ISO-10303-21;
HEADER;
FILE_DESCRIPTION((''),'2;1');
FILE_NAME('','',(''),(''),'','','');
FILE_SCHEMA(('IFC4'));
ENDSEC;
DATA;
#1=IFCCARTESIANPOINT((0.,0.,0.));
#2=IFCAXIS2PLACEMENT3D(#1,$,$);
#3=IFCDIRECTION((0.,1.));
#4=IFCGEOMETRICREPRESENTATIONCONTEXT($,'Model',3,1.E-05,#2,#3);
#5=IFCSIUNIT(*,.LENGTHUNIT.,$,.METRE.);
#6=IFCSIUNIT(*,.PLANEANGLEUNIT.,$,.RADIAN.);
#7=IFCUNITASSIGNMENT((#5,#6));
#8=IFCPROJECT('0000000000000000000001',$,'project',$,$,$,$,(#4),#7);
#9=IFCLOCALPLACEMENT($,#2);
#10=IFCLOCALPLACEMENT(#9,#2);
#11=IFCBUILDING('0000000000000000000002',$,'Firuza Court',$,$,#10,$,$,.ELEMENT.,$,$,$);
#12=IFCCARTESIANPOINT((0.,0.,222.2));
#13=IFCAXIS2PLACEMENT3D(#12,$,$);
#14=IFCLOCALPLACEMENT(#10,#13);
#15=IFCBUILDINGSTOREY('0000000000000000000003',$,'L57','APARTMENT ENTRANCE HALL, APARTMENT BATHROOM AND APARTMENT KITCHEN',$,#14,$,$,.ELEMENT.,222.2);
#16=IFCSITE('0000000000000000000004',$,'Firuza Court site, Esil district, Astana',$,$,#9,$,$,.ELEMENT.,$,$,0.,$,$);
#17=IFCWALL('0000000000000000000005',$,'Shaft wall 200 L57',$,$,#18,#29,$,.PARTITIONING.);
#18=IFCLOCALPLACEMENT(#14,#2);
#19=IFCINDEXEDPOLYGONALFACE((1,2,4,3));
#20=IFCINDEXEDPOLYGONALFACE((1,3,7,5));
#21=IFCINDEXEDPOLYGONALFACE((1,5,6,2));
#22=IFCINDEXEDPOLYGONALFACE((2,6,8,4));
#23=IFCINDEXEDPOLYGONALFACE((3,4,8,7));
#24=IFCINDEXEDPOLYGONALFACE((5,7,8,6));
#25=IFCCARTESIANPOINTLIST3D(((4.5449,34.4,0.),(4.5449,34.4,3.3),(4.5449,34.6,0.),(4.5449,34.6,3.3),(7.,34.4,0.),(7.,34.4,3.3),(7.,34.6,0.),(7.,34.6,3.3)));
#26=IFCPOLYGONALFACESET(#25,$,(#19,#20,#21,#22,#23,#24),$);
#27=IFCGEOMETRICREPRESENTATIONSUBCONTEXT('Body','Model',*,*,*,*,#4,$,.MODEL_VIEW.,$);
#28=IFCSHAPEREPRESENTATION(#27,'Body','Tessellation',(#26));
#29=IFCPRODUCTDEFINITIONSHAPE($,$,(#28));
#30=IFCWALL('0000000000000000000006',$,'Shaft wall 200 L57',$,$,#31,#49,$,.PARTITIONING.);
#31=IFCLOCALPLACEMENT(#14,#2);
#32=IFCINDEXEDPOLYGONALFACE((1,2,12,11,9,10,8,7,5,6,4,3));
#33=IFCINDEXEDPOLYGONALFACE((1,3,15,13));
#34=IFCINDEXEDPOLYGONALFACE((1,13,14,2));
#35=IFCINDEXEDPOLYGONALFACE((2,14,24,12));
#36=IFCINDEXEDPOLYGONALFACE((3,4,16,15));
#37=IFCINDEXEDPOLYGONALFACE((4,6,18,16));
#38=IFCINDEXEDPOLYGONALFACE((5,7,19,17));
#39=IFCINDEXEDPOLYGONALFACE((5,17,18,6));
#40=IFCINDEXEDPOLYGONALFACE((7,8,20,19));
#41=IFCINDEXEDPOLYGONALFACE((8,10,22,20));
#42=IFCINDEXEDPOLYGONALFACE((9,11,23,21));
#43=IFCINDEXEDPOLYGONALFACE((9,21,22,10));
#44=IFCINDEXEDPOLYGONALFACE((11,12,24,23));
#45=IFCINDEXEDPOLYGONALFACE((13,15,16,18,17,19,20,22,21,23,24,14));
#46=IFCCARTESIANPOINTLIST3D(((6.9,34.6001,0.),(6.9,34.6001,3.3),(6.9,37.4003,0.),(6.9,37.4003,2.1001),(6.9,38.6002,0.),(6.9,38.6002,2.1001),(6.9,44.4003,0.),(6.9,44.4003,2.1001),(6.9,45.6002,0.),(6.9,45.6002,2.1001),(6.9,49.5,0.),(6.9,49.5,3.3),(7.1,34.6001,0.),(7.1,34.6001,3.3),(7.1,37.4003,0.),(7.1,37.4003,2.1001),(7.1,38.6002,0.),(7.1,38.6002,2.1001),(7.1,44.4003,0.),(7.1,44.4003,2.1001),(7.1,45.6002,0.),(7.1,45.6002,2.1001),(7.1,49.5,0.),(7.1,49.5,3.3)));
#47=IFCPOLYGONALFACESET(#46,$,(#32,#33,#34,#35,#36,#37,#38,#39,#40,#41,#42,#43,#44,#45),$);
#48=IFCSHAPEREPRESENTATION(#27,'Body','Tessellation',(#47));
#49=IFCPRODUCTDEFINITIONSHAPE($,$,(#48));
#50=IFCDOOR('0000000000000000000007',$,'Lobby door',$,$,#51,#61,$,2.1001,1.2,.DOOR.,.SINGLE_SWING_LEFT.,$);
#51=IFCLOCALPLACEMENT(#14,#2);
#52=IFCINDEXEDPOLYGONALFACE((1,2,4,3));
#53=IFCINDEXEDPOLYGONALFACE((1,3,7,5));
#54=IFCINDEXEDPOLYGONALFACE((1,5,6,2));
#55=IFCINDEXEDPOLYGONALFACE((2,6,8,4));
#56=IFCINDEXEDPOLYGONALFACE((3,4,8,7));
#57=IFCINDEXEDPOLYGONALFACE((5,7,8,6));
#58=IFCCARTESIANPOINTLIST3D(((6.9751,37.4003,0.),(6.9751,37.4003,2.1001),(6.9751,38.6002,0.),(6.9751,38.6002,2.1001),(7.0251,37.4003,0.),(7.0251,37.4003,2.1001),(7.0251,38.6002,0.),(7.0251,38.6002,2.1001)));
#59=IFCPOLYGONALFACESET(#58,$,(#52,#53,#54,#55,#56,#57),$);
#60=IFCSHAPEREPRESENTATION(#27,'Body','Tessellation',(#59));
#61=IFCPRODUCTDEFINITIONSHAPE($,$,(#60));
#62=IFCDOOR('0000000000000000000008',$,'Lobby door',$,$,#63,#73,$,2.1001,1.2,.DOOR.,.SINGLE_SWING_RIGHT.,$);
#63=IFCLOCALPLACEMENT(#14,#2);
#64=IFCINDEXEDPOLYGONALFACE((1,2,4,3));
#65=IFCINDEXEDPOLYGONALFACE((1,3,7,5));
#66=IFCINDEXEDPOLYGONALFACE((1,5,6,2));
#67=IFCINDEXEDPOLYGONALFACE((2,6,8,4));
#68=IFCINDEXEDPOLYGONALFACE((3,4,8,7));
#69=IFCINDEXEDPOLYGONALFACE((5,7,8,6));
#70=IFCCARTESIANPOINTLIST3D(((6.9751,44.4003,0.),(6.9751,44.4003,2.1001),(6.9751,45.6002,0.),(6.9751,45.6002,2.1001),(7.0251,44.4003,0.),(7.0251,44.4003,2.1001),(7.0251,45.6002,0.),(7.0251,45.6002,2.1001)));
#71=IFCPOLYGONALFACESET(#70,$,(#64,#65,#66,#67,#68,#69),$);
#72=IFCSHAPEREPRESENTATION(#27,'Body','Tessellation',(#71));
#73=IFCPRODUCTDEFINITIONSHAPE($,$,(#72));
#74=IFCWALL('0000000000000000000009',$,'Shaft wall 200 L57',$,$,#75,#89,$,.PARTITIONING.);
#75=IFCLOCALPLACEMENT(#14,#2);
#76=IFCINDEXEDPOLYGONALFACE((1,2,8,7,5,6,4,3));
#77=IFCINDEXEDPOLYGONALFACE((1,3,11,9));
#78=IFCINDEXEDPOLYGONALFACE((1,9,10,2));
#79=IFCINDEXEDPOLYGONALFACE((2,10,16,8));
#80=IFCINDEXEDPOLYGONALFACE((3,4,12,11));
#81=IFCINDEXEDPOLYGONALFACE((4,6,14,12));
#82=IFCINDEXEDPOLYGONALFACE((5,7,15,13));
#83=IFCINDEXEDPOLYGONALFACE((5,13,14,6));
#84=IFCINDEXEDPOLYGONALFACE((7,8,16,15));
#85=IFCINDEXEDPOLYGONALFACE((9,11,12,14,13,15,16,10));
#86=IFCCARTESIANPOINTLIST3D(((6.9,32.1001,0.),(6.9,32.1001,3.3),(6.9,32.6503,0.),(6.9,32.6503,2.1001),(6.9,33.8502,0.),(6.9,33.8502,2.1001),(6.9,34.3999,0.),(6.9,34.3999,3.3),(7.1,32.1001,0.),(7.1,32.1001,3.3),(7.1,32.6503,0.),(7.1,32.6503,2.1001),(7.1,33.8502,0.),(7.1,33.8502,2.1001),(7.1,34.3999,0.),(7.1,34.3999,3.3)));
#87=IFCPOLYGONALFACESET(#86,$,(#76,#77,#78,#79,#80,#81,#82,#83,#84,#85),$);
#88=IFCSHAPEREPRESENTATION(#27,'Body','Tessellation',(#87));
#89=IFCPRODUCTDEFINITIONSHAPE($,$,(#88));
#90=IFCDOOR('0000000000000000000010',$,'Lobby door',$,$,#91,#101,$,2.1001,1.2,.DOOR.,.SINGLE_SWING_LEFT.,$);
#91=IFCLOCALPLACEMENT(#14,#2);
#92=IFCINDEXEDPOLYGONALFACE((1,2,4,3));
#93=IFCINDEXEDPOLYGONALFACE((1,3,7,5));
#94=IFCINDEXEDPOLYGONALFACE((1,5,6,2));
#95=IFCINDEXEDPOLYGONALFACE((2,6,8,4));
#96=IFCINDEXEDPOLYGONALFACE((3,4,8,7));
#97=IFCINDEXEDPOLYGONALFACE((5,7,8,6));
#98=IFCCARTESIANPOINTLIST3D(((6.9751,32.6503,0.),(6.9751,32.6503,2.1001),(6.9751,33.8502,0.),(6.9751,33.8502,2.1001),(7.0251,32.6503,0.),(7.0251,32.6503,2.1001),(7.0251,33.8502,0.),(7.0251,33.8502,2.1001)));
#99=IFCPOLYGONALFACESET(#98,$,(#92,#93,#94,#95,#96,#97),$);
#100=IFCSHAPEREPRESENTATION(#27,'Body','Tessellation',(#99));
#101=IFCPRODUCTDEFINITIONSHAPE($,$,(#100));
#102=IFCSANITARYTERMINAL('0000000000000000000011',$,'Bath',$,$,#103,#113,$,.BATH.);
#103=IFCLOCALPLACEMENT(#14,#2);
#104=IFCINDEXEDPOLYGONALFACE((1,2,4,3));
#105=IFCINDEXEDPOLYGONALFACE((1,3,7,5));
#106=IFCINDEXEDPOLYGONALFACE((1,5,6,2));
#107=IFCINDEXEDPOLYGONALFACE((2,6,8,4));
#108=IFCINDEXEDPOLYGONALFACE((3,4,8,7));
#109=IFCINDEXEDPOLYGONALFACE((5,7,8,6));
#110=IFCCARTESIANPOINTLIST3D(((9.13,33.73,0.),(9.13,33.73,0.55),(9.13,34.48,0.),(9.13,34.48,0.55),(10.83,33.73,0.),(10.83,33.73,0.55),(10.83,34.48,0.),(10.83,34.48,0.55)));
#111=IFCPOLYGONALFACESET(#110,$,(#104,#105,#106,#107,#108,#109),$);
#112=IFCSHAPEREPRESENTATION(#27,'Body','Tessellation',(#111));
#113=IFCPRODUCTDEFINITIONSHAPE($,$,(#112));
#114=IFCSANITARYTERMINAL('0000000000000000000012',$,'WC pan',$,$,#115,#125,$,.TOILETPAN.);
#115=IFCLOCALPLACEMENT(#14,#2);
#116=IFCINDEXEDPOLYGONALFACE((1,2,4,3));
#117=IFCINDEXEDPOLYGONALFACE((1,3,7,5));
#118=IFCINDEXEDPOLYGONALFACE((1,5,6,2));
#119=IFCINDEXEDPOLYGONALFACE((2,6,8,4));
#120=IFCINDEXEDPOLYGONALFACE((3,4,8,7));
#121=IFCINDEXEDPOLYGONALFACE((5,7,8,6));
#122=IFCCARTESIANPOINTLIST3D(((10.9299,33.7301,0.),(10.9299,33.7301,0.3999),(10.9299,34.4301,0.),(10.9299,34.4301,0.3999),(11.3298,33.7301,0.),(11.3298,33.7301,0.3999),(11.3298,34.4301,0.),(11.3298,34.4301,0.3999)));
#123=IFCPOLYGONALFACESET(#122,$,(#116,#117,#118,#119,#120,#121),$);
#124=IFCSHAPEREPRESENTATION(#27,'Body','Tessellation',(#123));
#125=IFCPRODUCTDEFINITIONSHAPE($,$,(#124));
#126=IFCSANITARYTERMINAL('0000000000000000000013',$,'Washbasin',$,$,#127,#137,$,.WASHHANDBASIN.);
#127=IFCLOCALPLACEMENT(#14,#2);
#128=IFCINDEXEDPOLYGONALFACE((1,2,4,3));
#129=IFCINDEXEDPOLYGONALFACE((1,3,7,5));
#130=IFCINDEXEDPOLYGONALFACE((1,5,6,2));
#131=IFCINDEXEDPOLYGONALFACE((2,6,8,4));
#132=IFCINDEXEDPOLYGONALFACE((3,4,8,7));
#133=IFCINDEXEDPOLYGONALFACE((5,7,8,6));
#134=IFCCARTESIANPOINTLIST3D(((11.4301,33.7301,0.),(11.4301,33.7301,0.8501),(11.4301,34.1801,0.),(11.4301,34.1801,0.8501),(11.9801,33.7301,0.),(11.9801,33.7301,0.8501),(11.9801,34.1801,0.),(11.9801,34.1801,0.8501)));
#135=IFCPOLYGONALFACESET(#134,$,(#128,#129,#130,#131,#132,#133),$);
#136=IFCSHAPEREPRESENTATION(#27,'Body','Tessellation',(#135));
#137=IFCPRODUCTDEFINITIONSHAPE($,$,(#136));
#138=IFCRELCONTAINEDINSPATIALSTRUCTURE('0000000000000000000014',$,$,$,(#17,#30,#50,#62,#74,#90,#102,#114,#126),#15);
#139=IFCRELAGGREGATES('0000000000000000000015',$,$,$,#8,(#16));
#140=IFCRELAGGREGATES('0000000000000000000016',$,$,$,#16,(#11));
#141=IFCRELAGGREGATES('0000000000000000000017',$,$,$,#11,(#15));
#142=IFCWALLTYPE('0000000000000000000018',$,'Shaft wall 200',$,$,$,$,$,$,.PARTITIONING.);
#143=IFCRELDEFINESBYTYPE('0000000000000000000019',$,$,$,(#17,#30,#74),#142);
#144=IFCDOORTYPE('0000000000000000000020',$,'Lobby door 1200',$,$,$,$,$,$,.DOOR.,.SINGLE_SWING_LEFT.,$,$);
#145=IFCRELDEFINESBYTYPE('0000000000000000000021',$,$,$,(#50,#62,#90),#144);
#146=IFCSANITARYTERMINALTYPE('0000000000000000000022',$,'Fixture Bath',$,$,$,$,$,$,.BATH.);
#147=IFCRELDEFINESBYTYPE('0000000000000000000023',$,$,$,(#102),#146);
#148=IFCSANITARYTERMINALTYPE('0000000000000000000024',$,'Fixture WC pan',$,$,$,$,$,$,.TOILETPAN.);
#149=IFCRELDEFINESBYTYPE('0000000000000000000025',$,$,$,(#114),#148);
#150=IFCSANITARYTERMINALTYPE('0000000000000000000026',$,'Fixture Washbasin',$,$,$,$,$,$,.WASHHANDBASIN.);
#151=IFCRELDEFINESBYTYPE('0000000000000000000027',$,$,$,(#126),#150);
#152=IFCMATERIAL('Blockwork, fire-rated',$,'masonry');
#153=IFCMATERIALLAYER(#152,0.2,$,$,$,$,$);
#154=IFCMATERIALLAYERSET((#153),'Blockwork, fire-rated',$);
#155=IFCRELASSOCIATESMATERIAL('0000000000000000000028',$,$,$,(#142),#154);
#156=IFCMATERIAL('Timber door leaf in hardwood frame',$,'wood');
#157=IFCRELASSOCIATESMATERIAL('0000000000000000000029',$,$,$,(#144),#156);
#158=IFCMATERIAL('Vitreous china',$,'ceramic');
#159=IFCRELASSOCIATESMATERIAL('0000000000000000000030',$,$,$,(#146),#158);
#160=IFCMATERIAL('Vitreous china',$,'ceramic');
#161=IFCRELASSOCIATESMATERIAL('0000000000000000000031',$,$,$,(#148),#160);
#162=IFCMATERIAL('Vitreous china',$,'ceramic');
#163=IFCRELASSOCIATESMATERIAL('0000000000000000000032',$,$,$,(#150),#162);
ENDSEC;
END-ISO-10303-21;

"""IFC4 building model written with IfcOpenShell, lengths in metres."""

from ifc_helpers import new_model, si_unit, direction, frame, frame_2d, origin, origin_2d, place, context, subcontext, project, spatial, rectangle, extrude, material, layer, layer_set, type_object, element, fill, save


model = new_model("IFC4")

# Units and contexts
model_context = context("Model", 3, precision=1e-05, world=origin(), true_north=direction((0.0, 1.0)))
body_context = subcontext(model_context, "Body", "Model", "MODEL_VIEW")
ifc_project = project(units=[si_unit("LENGTHUNIT", "METRE"), si_unit("PLANEANGLEUNIT", "RADIAN")], contexts=[model_context])

# Site, building, storey
site_placement = place(None, origin())
site = spatial("IfcSite", under=ifc_project, at=site_placement, Name="Firuza Court site, Esil district, Astana", CompositionType="ELEMENT", RefElevation=0.0)
building_placement = place(site_placement, origin())
building = spatial("IfcBuilding", under=site, at=building_placement, Name="Firuza Court", CompositionType="ELEMENT")
storey_placement = place(building_placement, frame((0.0, 0.0, 222.2)))
storey = spatial("IfcBuildingStorey", under=building, at=storey_placement, Name="L57", Description="APARTMENT ENTRANCE HALL, APARTMENT BATHROOM AND APARTMENT KITCHEN", CompositionType="ELEMENT", Elevation=222.2)

# Wall
ifc_material_1 = material(Name="Blockwork, fire-rated", Category="masonry")
ifc_layer_1 = layer(ifc_material_1, 0.2)
ifc_layer_set_1 = layer_set([ifc_layer_1], Name="Blockwork, fire-rated")
wall_type_1 = type_object("IfcWallType", Name="Shaft wall 200", PredefinedType="PARTITIONING", material=ifc_layer_set_1)
wall_1_placement = place(storey_placement, frame((4.5449, 34.5, 0.0), z_axis=(0.0, 0.0, 1.0), x_axis=(1.0, 0.0, 0.0)))
element("IfcWall", 1, at=wall_1_placement, inside=storey, type_object=wall_type_1, Name="Shaft wall 200 L57", PredefinedType="PARTITIONING", context=body_context, shape_type="SweptSolid", body=[
    extrude(rectangle(XDim=2.4551, YDim=0.2, at=frame_2d((1.2275, 0.0))), origin(), (0.0, 0.0, 1.0), 3.3),
])

# Wall, openings, doors
wall_2_placement = place(storey_placement, frame((7.0, 34.6001, 0.0), z_axis=(0.0, 0.0, 1.0), x_axis=(0.0, 1.0, 0.0)))
wall_2 = element("IfcWall", 2, at=wall_2_placement, inside=storey, type_object=wall_type_1, Name="Shaft wall 200 L57", PredefinedType="PARTITIONING", context=body_context, shape_type="SweptSolid", body=[
    extrude(rectangle(XDim=14.8999, YDim=0.2, at=frame_2d((7.45, 0.0))), origin(), (0.0, 0.0, 1.0), 3.3),
])
opening_1_placement = place(wall_2_placement, frame((2.8, 0.0, 0.0)))
opening_1 = element("IfcOpeningElement", 3, at=opening_1_placement, cuts=wall_2, PredefinedType="OPENING", context=body_context, shape_type="SweptSolid", body=[
    extrude(rectangle(XDim=1.2, YDim=2.1001, at=frame_2d((0.6001, 1.05))), frame((0.0, 0.1118, 0.0), z_axis=(0.0, -1.0, 0.0), x_axis=(1.0, 0.0, 0.0)), (0.0, 0.0, 1.0), 0.2239),
])
opening_2_placement = place(wall_2_placement, frame((9.8, 0.0, 0.0)))
opening_2 = element("IfcOpeningElement", 4, at=opening_2_placement, cuts=wall_2, PredefinedType="OPENING", context=body_context, shape_type="SweptSolid", body=[
    extrude(rectangle(XDim=1.2, YDim=2.1001, at=frame_2d((0.6001, 1.05))), frame((0.0, 0.1118, 0.0), z_axis=(0.0, -1.0, 0.0), x_axis=(1.0, 0.0, 0.0)), (0.0, 0.0, 1.0), 0.2239),
])
ifc_material_2 = material(Name="Timber door leaf in hardwood frame", Category="wood")
door_type_1 = type_object("IfcDoorType", Name="Lobby door 1200", OperationType="SINGLE_SWING_LEFT", PredefinedType="DOOR", material=ifc_material_2)
door_1_placement = place(opening_1_placement, origin())
door_1 = element("IfcDoor", 5, at=door_1_placement, inside=storey, type_object=door_type_1, Name="Lobby door", OperationType="SINGLE_SWING_LEFT", OverallHeight=2.1001, OverallWidth=1.2, PredefinedType="DOOR", context=body_context, shape_type="SweptSolid", body=[
    extrude(rectangle(XDim=1.2, YDim=2.1001, at=frame_2d((0.6001, 1.05))), frame((0.0, 0.0249, 0.0), z_axis=(0.0, -1.0, 0.0), x_axis=(1.0, 0.0, 0.0)), (0.0, 0.0, 1.0), 0.05),
])
fill(opening_1, door_1)
door_2_placement = place(opening_2_placement, origin())
door_2 = element("IfcDoor", 6, at=door_2_placement, inside=storey, type_object=door_type_1, Name="Lobby door", OperationType="SINGLE_SWING_RIGHT", OverallHeight=2.1001, OverallWidth=1.2, PredefinedType="DOOR", context=body_context, shape_type="SweptSolid", body=[
    extrude(rectangle(XDim=1.2, YDim=2.1001, at=frame_2d((0.6001, 1.05))), frame((0.0, 0.0249, 0.0), z_axis=(0.0, -1.0, 0.0), x_axis=(1.0, 0.0, 0.0)), (0.0, 0.0, 1.0), 0.05),
])
fill(opening_2, door_2)

# Wall, opening, door
wall_3_placement = place(storey_placement, frame((7.0, 32.1001, 0.0), z_axis=(0.0, 0.0, 1.0), x_axis=(0.0, 1.0, 0.0)))
wall_3 = element("IfcWall", 7, at=wall_3_placement, inside=storey, type_object=wall_type_1, Name="Shaft wall 200 L57", PredefinedType="PARTITIONING", context=body_context, shape_type="SweptSolid", body=[
    extrude(rectangle(XDim=2.2998, YDim=0.2, at=frame_2d((1.1499, 0.0))), origin(), (0.0, 0.0, 1.0), 3.3),
])
opening_3_placement = place(wall_3_placement, frame((0.55, 0.0, 0.0)))
opening_3 = element("IfcOpeningElement", 8, at=opening_3_placement, cuts=wall_3, PredefinedType="OPENING", context=body_context, shape_type="SweptSolid", body=[
    extrude(rectangle(XDim=1.2, YDim=2.1001, at=frame_2d((0.6001, 1.05))), frame((0.0, 0.1118, 0.0), z_axis=(0.0, -1.0, 0.0), x_axis=(1.0, 0.0, 0.0)), (0.0, 0.0, 1.0), 0.2239),
])
door_3_placement = place(opening_3_placement, origin())
door_3 = element("IfcDoor", 9, at=door_3_placement, inside=storey, type_object=door_type_1, Name="Lobby door", OperationType="SINGLE_SWING_LEFT", OverallHeight=2.1001, OverallWidth=1.2, PredefinedType="DOOR", context=body_context, shape_type="SweptSolid", body=[
    extrude(rectangle(XDim=1.2, YDim=2.1001, at=frame_2d((0.6001, 1.05))), frame((0.0, 0.0249, 0.0), z_axis=(0.0, -1.0, 0.0), x_axis=(1.0, 0.0, 0.0)), (0.0, 0.0, 1.0), 0.05),
])
fill(opening_3, door_3)

# Sanitary terminals
ifc_material_3 = material(Name="Vitreous china", Category="ceramic")
sanitary_terminal_type_1 = type_object("IfcSanitaryTerminalType", Name="Fixture Bath", PredefinedType="BATH", material=ifc_material_3)
sanitary_terminal_1_placement = place(storey_placement, frame((9.98, 34.105, 0.0), z_axis=(0.0, 0.0, 1.0), x_axis=(1.0, 0.0, 0.0)))
element("IfcSanitaryTerminal", 10, at=sanitary_terminal_1_placement, inside=storey, type_object=sanitary_terminal_type_1, Name="Bath", PredefinedType="BATH", context=body_context, shape_type="SweptSolid", body=[
    extrude(rectangle(XDim=1.7, YDim=0.75, at=origin_2d()), origin(), (0.0, 0.0, 1.0), 0.55),
])
ifc_material_4 = material(Name="Vitreous china", Category="ceramic")
sanitary_terminal_type_2 = type_object("IfcSanitaryTerminalType", Name="Fixture WC pan", PredefinedType="TOILETPAN", material=ifc_material_4)
sanitary_terminal_2_placement = place(storey_placement, frame((11.1299, 34.0801, 0.0), z_axis=(0.0, 0.0, 1.0), x_axis=(1.0, 0.0, 0.0)))
element("IfcSanitaryTerminal", 11, at=sanitary_terminal_2_placement, inside=storey, type_object=sanitary_terminal_type_2, Name="WC pan", PredefinedType="TOILETPAN", context=body_context, shape_type="SweptSolid", body=[
    extrude(rectangle(XDim=0.3999, YDim=0.7, at=origin_2d()), origin(), (0.0, 0.0, 1.0), 0.3999),
])
ifc_material_5 = material(Name="Vitreous china", Category="ceramic")
sanitary_terminal_type_3 = type_object("IfcSanitaryTerminalType", Name="Fixture Washbasin", PredefinedType="WASHHANDBASIN", material=ifc_material_5)
sanitary_terminal_3_placement = place(storey_placement, frame((11.7051, 33.9551, 0.0), z_axis=(0.0, 0.0, 1.0), x_axis=(1.0, 0.0, 0.0)))
element("IfcSanitaryTerminal", 12, at=sanitary_terminal_3_placement, inside=storey, type_object=sanitary_terminal_type_3, Name="Washbasin", PredefinedType="WASHHANDBASIN", context=body_context, shape_type="SweptSolid", body=[
    extrude(rectangle(XDim=0.55, YDim=0.45, at=origin_2d()), origin(), (0.0, 0.0, 1.0), 0.8501),
])

save(model, "model.ifc")
